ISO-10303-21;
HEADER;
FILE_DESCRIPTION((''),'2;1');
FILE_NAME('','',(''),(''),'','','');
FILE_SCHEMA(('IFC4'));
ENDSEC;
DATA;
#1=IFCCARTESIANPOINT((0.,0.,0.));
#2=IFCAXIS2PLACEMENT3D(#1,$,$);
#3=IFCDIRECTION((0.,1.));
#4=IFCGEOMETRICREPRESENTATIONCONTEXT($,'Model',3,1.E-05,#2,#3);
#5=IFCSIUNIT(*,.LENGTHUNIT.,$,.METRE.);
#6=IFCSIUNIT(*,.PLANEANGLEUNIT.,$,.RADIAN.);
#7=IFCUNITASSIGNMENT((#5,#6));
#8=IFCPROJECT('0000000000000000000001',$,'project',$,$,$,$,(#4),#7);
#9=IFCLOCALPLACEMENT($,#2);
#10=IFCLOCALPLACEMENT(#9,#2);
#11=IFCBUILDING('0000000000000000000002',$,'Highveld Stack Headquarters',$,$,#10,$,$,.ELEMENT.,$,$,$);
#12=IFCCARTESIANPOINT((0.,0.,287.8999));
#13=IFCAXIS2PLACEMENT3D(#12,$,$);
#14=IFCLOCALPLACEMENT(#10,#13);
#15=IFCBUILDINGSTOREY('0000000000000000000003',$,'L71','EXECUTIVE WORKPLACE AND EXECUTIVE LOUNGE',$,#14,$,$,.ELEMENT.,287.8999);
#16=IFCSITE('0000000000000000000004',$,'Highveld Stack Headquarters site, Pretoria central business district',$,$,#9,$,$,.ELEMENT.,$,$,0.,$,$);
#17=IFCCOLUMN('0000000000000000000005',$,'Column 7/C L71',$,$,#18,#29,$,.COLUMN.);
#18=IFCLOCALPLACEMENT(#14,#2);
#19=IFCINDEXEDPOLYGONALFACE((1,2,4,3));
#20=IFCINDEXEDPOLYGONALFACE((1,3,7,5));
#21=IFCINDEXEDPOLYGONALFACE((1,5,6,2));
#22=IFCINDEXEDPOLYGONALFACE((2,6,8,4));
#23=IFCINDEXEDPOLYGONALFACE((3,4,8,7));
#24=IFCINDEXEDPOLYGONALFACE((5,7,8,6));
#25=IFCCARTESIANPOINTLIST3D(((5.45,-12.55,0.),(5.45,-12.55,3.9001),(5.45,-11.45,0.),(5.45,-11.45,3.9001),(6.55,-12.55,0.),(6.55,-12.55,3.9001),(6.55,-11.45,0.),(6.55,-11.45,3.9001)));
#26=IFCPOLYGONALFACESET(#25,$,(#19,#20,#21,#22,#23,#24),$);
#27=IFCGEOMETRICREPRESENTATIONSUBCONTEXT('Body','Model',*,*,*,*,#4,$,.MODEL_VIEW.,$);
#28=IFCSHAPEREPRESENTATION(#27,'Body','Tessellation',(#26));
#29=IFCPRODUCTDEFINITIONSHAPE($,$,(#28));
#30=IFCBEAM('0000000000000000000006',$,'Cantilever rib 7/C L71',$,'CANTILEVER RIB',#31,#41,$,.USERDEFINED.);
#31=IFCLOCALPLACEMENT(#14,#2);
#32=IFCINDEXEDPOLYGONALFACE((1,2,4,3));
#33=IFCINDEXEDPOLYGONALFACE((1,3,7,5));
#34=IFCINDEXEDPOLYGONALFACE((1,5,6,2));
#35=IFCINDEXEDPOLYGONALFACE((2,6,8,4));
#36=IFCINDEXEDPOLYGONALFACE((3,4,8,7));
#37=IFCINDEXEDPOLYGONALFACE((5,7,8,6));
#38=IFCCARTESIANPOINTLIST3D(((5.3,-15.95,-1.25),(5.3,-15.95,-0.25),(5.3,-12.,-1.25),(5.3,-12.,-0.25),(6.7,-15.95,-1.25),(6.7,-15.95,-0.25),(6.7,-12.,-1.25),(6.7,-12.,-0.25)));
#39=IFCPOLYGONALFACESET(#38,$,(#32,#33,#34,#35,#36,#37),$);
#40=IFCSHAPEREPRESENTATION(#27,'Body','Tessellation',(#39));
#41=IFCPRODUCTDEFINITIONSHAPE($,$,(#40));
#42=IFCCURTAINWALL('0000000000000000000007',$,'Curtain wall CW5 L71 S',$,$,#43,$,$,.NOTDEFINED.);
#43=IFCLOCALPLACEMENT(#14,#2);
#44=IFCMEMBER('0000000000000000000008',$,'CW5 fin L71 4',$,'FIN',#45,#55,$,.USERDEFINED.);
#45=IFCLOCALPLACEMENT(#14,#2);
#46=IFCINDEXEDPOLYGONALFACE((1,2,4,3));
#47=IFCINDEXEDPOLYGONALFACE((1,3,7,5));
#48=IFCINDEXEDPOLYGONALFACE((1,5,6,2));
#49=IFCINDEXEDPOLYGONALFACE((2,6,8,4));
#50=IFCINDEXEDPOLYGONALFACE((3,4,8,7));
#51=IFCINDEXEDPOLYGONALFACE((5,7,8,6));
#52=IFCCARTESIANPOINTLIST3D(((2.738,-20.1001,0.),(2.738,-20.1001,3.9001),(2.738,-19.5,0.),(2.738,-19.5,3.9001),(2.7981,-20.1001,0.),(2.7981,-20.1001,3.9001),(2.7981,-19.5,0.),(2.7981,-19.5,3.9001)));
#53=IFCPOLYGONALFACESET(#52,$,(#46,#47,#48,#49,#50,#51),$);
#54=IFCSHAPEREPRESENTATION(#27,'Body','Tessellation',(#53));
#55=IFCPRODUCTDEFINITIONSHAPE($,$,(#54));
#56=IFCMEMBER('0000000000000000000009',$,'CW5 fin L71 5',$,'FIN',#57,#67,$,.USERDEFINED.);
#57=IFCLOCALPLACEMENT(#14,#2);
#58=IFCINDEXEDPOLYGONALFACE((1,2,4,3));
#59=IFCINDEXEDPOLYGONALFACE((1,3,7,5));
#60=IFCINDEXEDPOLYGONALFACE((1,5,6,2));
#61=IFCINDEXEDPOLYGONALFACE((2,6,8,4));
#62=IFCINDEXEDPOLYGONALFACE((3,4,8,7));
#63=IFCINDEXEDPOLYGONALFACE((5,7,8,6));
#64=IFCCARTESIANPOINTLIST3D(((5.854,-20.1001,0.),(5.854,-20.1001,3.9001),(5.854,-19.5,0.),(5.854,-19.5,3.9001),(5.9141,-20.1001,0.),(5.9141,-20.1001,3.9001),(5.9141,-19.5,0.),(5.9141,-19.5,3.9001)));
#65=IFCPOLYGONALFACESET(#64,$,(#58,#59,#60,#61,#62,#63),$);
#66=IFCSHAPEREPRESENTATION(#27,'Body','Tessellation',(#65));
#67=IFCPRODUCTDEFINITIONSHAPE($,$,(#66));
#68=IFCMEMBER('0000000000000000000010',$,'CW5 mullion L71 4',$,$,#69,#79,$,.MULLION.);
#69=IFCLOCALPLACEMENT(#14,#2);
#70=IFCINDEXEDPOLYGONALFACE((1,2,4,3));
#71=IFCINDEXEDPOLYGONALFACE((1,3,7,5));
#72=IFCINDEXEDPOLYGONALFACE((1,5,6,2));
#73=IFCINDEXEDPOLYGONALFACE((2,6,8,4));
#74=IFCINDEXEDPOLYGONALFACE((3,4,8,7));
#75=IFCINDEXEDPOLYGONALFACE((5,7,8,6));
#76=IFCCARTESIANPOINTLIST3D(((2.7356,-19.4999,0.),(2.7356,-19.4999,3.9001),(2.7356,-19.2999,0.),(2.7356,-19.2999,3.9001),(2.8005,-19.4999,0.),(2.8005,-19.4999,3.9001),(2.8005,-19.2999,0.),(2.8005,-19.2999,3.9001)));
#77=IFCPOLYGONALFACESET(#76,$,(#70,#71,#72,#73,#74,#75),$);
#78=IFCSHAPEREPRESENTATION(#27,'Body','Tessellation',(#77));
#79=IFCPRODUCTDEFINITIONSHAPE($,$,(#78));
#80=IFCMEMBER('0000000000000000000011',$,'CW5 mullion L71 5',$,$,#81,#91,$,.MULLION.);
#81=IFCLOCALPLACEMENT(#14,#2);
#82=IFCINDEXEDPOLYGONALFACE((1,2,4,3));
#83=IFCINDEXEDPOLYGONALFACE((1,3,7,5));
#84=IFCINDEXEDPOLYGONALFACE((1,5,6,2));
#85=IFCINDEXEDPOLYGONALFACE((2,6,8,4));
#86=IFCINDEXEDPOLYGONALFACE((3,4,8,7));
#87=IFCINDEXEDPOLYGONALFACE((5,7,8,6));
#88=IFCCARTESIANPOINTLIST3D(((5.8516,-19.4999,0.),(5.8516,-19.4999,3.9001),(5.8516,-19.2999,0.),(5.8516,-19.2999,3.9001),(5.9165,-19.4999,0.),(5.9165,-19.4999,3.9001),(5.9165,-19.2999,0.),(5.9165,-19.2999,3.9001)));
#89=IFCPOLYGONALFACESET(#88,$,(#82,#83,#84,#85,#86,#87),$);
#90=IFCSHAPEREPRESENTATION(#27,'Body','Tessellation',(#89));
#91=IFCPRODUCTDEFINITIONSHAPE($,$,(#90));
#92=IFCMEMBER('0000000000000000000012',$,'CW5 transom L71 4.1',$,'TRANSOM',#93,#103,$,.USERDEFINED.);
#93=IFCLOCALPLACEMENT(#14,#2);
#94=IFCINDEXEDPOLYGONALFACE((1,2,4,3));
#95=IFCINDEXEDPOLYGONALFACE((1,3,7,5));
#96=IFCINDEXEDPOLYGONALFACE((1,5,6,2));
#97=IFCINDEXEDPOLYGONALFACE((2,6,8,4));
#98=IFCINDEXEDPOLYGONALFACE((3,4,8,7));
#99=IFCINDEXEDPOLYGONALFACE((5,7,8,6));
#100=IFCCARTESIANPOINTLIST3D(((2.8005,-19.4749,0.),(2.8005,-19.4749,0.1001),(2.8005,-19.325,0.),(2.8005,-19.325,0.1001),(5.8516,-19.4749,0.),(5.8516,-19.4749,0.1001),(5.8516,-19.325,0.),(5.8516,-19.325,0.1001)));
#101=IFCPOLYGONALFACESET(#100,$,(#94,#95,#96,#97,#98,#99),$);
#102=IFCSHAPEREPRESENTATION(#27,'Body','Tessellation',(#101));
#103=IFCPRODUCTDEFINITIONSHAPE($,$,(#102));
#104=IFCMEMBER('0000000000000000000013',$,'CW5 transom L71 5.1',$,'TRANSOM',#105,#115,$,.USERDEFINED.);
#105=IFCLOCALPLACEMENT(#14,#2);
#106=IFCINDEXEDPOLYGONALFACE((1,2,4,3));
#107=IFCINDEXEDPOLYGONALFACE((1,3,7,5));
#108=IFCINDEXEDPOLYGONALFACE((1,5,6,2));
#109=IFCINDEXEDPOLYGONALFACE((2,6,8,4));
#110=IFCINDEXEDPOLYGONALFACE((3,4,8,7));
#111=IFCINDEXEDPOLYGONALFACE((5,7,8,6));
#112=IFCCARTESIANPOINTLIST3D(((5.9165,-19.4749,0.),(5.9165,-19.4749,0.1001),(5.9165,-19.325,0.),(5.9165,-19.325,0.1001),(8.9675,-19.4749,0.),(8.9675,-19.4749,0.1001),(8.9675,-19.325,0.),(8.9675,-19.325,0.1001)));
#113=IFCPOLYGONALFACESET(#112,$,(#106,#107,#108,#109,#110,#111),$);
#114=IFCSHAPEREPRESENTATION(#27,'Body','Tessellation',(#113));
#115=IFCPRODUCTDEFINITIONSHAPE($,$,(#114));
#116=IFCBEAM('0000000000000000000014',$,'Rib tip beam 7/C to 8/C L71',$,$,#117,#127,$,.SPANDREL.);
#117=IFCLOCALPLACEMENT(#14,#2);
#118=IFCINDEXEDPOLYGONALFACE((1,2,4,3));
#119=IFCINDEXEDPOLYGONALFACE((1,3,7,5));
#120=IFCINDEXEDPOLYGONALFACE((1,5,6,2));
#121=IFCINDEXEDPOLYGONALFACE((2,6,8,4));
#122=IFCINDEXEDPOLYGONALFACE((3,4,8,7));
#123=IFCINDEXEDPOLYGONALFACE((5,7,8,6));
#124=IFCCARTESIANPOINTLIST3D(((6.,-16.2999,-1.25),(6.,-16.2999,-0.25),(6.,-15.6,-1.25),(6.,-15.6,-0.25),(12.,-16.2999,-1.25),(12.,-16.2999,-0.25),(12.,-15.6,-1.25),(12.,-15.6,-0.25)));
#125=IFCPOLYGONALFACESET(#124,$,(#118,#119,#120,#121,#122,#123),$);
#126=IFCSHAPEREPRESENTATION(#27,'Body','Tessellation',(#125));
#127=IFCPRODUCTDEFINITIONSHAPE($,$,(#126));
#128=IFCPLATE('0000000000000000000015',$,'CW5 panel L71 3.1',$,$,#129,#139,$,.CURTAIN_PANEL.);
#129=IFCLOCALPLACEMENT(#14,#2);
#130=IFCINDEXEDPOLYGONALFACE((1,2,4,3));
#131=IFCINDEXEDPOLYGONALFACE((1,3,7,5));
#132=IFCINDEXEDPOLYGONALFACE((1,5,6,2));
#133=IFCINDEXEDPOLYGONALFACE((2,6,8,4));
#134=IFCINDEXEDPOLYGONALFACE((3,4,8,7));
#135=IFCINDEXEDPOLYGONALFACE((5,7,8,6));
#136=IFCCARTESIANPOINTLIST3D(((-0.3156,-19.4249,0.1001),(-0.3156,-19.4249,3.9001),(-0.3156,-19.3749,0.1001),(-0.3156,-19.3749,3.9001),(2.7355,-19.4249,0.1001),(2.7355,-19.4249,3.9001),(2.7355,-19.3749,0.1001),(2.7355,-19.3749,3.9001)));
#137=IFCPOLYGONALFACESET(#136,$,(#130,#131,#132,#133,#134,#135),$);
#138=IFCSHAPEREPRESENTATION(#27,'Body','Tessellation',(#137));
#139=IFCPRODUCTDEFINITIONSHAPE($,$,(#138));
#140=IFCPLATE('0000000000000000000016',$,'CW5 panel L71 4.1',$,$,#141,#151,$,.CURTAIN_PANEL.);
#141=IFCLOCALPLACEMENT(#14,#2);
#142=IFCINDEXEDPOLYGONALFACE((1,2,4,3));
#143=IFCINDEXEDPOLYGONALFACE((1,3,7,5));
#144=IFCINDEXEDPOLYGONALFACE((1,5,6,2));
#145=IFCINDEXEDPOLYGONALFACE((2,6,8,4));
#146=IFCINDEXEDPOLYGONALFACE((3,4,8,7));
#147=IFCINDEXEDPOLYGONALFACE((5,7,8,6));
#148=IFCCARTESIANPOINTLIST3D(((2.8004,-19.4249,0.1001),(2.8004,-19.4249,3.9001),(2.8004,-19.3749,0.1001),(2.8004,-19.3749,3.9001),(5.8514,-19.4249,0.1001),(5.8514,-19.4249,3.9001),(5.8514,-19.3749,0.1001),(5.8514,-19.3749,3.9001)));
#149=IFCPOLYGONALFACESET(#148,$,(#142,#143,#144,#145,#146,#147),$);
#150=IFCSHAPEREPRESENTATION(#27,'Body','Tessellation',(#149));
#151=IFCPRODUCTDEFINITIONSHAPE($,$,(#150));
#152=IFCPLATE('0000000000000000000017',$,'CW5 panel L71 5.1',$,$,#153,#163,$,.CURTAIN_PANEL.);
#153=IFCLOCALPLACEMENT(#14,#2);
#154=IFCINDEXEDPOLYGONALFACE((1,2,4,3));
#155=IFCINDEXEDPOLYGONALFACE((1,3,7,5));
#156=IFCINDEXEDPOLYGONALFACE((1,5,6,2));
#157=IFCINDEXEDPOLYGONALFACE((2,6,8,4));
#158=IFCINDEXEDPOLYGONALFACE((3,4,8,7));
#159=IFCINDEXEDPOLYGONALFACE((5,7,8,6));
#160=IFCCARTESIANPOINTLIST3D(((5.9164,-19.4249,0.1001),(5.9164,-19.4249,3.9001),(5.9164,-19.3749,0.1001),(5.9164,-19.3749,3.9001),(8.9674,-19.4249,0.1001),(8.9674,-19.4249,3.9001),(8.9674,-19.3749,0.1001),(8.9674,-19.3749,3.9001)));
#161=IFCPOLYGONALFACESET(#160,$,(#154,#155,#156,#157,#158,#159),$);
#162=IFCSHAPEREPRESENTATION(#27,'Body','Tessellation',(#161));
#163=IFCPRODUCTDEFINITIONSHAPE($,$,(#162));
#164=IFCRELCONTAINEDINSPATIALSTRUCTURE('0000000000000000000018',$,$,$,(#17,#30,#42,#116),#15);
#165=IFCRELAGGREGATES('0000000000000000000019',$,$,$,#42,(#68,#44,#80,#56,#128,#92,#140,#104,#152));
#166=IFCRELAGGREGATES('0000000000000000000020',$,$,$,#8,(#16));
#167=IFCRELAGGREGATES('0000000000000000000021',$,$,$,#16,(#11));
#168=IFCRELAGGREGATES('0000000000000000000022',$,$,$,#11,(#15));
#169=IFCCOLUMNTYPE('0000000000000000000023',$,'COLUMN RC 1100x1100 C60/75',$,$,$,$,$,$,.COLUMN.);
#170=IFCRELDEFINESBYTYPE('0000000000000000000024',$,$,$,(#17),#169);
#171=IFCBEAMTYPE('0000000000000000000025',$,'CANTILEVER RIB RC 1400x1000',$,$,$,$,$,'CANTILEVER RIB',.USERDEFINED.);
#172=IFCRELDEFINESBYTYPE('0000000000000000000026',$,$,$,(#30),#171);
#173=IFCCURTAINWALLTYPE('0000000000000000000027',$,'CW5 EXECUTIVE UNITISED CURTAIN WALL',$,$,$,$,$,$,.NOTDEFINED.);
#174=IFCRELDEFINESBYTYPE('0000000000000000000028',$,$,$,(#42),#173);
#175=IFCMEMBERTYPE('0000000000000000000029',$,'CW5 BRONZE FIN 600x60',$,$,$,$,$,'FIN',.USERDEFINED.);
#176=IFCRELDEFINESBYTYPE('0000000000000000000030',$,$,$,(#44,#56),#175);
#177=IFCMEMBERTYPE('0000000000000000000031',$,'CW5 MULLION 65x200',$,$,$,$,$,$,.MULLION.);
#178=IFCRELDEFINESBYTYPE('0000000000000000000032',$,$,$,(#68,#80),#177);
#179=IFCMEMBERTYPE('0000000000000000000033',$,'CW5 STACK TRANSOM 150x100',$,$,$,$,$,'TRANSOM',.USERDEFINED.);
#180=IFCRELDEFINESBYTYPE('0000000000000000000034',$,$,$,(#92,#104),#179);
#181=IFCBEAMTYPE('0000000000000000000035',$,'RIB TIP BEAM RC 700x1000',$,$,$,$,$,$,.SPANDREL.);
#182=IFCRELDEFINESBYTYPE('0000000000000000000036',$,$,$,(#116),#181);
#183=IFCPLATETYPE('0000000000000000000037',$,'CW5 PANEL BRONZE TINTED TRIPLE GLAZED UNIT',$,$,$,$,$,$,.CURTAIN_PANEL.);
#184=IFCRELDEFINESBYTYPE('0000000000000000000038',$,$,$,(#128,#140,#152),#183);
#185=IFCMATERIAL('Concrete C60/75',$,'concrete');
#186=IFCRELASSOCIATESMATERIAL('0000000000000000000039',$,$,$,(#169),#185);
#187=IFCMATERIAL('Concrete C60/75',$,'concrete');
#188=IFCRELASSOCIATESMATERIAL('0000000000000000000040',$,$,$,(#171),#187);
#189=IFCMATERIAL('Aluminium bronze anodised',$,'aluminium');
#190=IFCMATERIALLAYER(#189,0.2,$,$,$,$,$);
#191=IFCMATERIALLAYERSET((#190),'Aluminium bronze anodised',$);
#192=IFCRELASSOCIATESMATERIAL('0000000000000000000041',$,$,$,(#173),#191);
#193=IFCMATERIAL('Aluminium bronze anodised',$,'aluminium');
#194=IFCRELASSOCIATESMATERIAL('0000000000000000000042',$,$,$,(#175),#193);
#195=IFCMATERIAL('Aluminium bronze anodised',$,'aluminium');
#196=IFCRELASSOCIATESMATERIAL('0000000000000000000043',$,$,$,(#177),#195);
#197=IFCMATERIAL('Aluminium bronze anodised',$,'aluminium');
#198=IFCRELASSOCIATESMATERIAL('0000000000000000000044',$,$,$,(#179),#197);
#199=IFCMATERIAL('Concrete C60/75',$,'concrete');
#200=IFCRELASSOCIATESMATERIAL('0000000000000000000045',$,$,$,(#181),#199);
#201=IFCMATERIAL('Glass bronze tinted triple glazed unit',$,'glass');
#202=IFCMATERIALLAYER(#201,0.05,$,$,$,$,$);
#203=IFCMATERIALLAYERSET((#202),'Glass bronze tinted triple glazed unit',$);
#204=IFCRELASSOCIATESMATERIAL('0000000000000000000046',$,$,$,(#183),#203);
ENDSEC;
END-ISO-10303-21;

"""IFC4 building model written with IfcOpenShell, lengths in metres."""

from ifc_helpers import new_model, si_unit, direction, frame, origin, origin_2d, place, context, subcontext, project, spatial, rectangle, extrude, material, layer, layer_set, material_profile, profile_set, type_object, element, aggregate, save


model = new_model("IFC4")

# Units and contexts
model_context = context("Model", 3, precision=1e-05, world=origin(), true_north=direction((0.0, 1.0)))
body_context = subcontext(model_context, "Body", "Model", "MODEL_VIEW")
ifc_project = project(units=[si_unit("LENGTHUNIT", "METRE"), si_unit("PLANEANGLEUNIT", "RADIAN")], contexts=[model_context])

# Site, building, storey
site_placement = place(None, origin())
site = spatial("IfcSite", under=ifc_project, at=site_placement, Name="Highveld Stack Headquarters site, Pretoria central business district", CompositionType="ELEMENT", RefElevation=0.0)
building_placement = place(site_placement, origin())
building = spatial("IfcBuilding", under=site, at=building_placement, Name="Highveld Stack Headquarters", CompositionType="ELEMENT")
storey_placement = place(building_placement, frame((0.0, 0.0, 287.8999)))
storey = spatial("IfcBuildingStorey", under=building, at=storey_placement, Name="L71", Description="EXECUTIVE WORKPLACE AND EXECUTIVE LOUNGE", CompositionType="ELEMENT", Elevation=287.8999)

# Column
ifc_material_1 = material(Name="Concrete C60/75", Category="concrete")
ifc_material_profile_1 = material_profile(ifc_material_1, rectangle(XDim=1.1001, YDim=1.1001, at=origin_2d()), Name="RC 1100x1100")
ifc_profile_set_1 = profile_set([ifc_material_profile_1], Name="Concrete C60/75")
column_type = type_object("IfcColumnType", Name="COLUMN RC 1100x1100 C60/75", PredefinedType="COLUMN", material=ifc_profile_set_1)
column_placement = place(storey_placement, frame((6.0, -12.0, 0.0), z_axis=(0.0, 0.0, 1.0), x_axis=(1.0, 0.0, 0.0)))
element("IfcColumn", 1, at=column_placement, inside=storey, type_object=column_type, Name="Column 7/C L71", PredefinedType="COLUMN", context=body_context, shape_type="SweptSolid", body=[
    extrude(rectangle(XDim=1.1001, YDim=1.1001, at=origin_2d()), origin(), (0.0, 0.0, 1.0), 3.9001),
])

# Beam
ifc_material_2 = material(Name="Concrete C60/75", Category="concrete")
ifc_material_profile_2 = material_profile(ifc_material_2, rectangle(XDim=1.3999, YDim=1.0, at=origin_2d()), Name="RC 1400x1000")
ifc_profile_set_2 = profile_set([ifc_material_profile_2], Name="Concrete C60/75")
beam_type_1 = type_object("IfcBeamType", Name="CANTILEVER RIB RC 1400x1000", ElementType="CANTILEVER RIB", PredefinedType="USERDEFINED", material=ifc_profile_set_2)
beam_1_placement = place(storey_placement, frame((6.0, -12.0, -0.75), z_axis=(0.0, -1.0, 0.0), x_axis=(1.0, 0.0, 0.0)))
element("IfcBeam", 2, at=beam_1_placement, inside=storey, type_object=beam_type_1, Name="Cantilever rib 7/C L71", ObjectType="CANTILEVER RIB", PredefinedType="USERDEFINED", context=body_context, shape_type="SweptSolid", body=[
    extrude(rectangle(XDim=1.3999, YDim=1.0, at=origin_2d()), origin(), (0.0, 0.0, 1.0), 3.95),
])

# Curtain wall, members
ifc_material_3 = material(Name="Aluminium bronze anodised", Category="aluminium")
ifc_layer_1 = layer(ifc_material_3, 0.2)
ifc_layer_set_1 = layer_set([ifc_layer_1], Name="Aluminium bronze anodised")
curtain_wall_type = type_object("IfcCurtainWallType", Name="CW5 EXECUTIVE UNITISED CURTAIN WALL", PredefinedType="NOTDEFINED", material=ifc_layer_set_1)
curtain_wall_placement = place(storey_placement, origin())
curtain_wall = element("IfcCurtainWall", 3, at=curtain_wall_placement, inside=storey, type_object=curtain_wall_type, Name="Curtain wall CW5 L71 S", PredefinedType="NOTDEFINED")
ifc_material_4 = material(Name="Aluminium bronze anodised", Category="aluminium")
ifc_material_profile_3 = material_profile(ifc_material_4, rectangle(XDim=0.6001, YDim=0.0601, at=origin_2d()), Name="FIN 600x60")
ifc_profile_set_3 = profile_set([ifc_material_profile_3], Name="Aluminium bronze anodised")
member_type_1 = type_object("IfcMemberType", Name="CW5 BRONZE FIN 600x60", ElementType="FIN", PredefinedType="USERDEFINED", material=ifc_profile_set_3)
member_1_placement = place(storey_placement, frame((2.7681, -19.8, 0.0), z_axis=(0.0, 0.0, 1.0), x_axis=(0.0, 1.0, 0.0)))
member_1 = element("IfcMember", 4, at=member_1_placement, type_object=member_type_1, Name="CW5 fin L71 4", ObjectType="FIN", PredefinedType="USERDEFINED", context=body_context, shape_type="SweptSolid", body=[
    extrude(rectangle(XDim=0.6001, YDim=0.0601, at=origin_2d()), origin(), (0.0, 0.0, 1.0), 3.9001),
])
member_2_placement = place(storey_placement, frame((5.884, -19.8, 0.0), z_axis=(0.0, 0.0, 1.0), x_axis=(0.0, 1.0, 0.0)))
member_2 = element("IfcMember", 5, at=member_2_placement, type_object=member_type_1, Name="CW5 fin L71 5", ObjectType="FIN", PredefinedType="USERDEFINED", context=body_context, shape_type="SweptSolid", body=[
    extrude(rectangle(XDim=0.6001, YDim=0.0601, at=origin_2d()), origin(), (0.0, 0.0, 1.0), 3.9001),
])
ifc_material_5 = material(Name="Aluminium bronze anodised", Category="aluminium")
ifc_material_profile_4 = material_profile(ifc_material_5, rectangle(XDim=0.2, YDim=0.0649, at=origin_2d()), Name="CW5 MULLION 65x200")
ifc_profile_set_4 = profile_set([ifc_material_profile_4], Name="Aluminium bronze anodised")
member_type_2 = type_object("IfcMemberType", Name="CW5 MULLION 65x200", PredefinedType="MULLION", material=ifc_profile_set_4)
member_3_placement = place(storey_placement, frame((2.7681, -19.3999, 0.0), z_axis=(0.0, 0.0, 1.0), x_axis=(0.0, 1.0, 0.0)))
member_3 = element("IfcMember", 6, at=member_3_placement, type_object=member_type_2, Name="CW5 mullion L71 4", PredefinedType="MULLION", context=body_context, shape_type="SweptSolid", body=[
    extrude(rectangle(XDim=0.2, YDim=0.0649, at=origin_2d()), origin(), (0.0, 0.0, 1.0), 3.9001),
])
member_4_placement = place(storey_placement, frame((5.884, -19.3999, 0.0), z_axis=(0.0, 0.0, 1.0), x_axis=(0.0, 1.0, 0.0)))
member_4 = element("IfcMember", 7, at=member_4_placement, type_object=member_type_2, Name="CW5 mullion L71 5", PredefinedType="MULLION", context=body_context, shape_type="SweptSolid", body=[
    extrude(rectangle(XDim=0.2, YDim=0.0649, at=origin_2d()), origin(), (0.0, 0.0, 1.0), 3.9001),
])
ifc_material_6 = material(Name="Aluminium bronze anodised", Category="aluminium")
ifc_material_profile_5 = material_profile(ifc_material_6, rectangle(XDim=0.1499, YDim=0.1001, at=origin_2d()), Name="CW5 TRANSOM 150x100")
ifc_profile_set_5 = profile_set([ifc_material_profile_5], Name="Aluminium bronze anodised")
member_type_3 = type_object("IfcMemberType", Name="CW5 STACK TRANSOM 150x100", ElementType="TRANSOM", PredefinedType="USERDEFINED", material=ifc_profile_set_5)
member_5_placement = place(storey_placement, frame((2.8005, -19.3999, 0.05), z_axis=(1.0, 0.0, 0.0), x_axis=(0.0, 1.0, 0.0)))
member_5 = element("IfcMember", 8, at=member_5_placement, type_object=member_type_3, Name="CW5 transom L71 4.1", ObjectType="TRANSOM", PredefinedType="USERDEFINED", context=body_context, shape_type="SweptSolid", body=[
    extrude(rectangle(XDim=0.1499, YDim=0.1001, at=origin_2d()), origin(), (0.0, 0.0, 1.0), 3.051),
])
member_6_placement = place(storey_placement, frame((5.9165, -19.3999, 0.05), z_axis=(1.0, 0.0, 0.0), x_axis=(0.0, 1.0, 0.0)))
member_6 = element("IfcMember", 9, at=member_6_placement, type_object=member_type_3, Name="CW5 transom L71 5.1", ObjectType="TRANSOM", PredefinedType="USERDEFINED", context=body_context, shape_type="SweptSolid", body=[
    extrude(rectangle(XDim=0.1499, YDim=0.1001, at=origin_2d()), origin(), (0.0, 0.0, 1.0), 3.051),
])

# Beam
ifc_material_7 = material(Name="Concrete C60/75", Category="concrete")
ifc_material_profile_6 = material_profile(ifc_material_7, rectangle(XDim=0.7, YDim=1.0, at=origin_2d()), Name="RC 700x1000")
ifc_profile_set_6 = profile_set([ifc_material_profile_6], Name="Concrete C60/75")
beam_type_2 = type_object("IfcBeamType", Name="RIB TIP BEAM RC 700x1000", PredefinedType="SPANDREL", material=ifc_profile_set_6)
beam_2_placement = place(storey_placement, frame((6.0, -15.95, -0.75), z_axis=(1.0, 0.0, 0.0), x_axis=(0.0, 1.0, 0.0)))
element("IfcBeam", 10, at=beam_2_placement, inside=storey, type_object=beam_type_2, Name="Rib tip beam 7/C to 8/C L71", PredefinedType="SPANDREL", context=body_context, shape_type="SweptSolid", body=[
    extrude(rectangle(XDim=0.7, YDim=1.0, at=origin_2d()), origin(), (0.0, 0.0, 1.0), 6.0),
])

# Plates
ifc_material_8 = material(Name="Glass bronze tinted triple glazed unit", Category="glass")
ifc_layer_2 = layer(ifc_material_8, 0.05)
ifc_layer_set_2 = layer_set([ifc_layer_2], Name="Glass bronze tinted triple glazed unit")
plate_type = type_object("IfcPlateType", Name="CW5 PANEL BRONZE TINTED TRIPLE GLAZED UNIT", PredefinedType="CURTAIN_PANEL", material=ifc_layer_set_2)
plate_1_placement = place(storey_placement, frame((1.21, -19.3999, 0.1001), z_axis=(0.0, 0.0, 1.0), x_axis=(1.0, 0.0, 0.0)))
plate_1 = element("IfcPlate", 11, at=plate_1_placement, type_object=plate_type, Name="CW5 panel L71 3.1", PredefinedType="CURTAIN_PANEL", context=body_context, shape_type="SweptSolid", body=[
    extrude(rectangle(XDim=3.051, YDim=0.05, at=origin_2d()), origin(), (0.0, 0.0, 1.0), 3.8),
])
plate_2_placement = place(storey_placement, frame((4.3259, -19.3999, 0.1001), z_axis=(0.0, 0.0, 1.0), x_axis=(1.0, 0.0, 0.0)))
plate_2 = element("IfcPlate", 12, at=plate_2_placement, type_object=plate_type, Name="CW5 panel L71 4.1", PredefinedType="CURTAIN_PANEL", context=body_context, shape_type="SweptSolid", body=[
    extrude(rectangle(XDim=3.051, YDim=0.05, at=origin_2d()), origin(), (0.0, 0.0, 1.0), 3.8),
])
plate_3_placement = place(storey_placement, frame((7.4419, -19.3999, 0.1001), z_axis=(0.0, 0.0, 1.0), x_axis=(1.0, 0.0, 0.0)))
plate_3 = element("IfcPlate", 13, at=plate_3_placement, type_object=plate_type, Name="CW5 panel L71 5.1", PredefinedType="CURTAIN_PANEL", context=body_context, shape_type="SweptSolid", body=[
    extrude(rectangle(XDim=3.051, YDim=0.05, at=origin_2d()), origin(), (0.0, 0.0, 1.0), 3.8),
])
aggregate(curtain_wall, [member_3, member_1, member_4, member_2, plate_1, member_5, plate_2, member_6, plate_3])

save(model, "model.ifc")
